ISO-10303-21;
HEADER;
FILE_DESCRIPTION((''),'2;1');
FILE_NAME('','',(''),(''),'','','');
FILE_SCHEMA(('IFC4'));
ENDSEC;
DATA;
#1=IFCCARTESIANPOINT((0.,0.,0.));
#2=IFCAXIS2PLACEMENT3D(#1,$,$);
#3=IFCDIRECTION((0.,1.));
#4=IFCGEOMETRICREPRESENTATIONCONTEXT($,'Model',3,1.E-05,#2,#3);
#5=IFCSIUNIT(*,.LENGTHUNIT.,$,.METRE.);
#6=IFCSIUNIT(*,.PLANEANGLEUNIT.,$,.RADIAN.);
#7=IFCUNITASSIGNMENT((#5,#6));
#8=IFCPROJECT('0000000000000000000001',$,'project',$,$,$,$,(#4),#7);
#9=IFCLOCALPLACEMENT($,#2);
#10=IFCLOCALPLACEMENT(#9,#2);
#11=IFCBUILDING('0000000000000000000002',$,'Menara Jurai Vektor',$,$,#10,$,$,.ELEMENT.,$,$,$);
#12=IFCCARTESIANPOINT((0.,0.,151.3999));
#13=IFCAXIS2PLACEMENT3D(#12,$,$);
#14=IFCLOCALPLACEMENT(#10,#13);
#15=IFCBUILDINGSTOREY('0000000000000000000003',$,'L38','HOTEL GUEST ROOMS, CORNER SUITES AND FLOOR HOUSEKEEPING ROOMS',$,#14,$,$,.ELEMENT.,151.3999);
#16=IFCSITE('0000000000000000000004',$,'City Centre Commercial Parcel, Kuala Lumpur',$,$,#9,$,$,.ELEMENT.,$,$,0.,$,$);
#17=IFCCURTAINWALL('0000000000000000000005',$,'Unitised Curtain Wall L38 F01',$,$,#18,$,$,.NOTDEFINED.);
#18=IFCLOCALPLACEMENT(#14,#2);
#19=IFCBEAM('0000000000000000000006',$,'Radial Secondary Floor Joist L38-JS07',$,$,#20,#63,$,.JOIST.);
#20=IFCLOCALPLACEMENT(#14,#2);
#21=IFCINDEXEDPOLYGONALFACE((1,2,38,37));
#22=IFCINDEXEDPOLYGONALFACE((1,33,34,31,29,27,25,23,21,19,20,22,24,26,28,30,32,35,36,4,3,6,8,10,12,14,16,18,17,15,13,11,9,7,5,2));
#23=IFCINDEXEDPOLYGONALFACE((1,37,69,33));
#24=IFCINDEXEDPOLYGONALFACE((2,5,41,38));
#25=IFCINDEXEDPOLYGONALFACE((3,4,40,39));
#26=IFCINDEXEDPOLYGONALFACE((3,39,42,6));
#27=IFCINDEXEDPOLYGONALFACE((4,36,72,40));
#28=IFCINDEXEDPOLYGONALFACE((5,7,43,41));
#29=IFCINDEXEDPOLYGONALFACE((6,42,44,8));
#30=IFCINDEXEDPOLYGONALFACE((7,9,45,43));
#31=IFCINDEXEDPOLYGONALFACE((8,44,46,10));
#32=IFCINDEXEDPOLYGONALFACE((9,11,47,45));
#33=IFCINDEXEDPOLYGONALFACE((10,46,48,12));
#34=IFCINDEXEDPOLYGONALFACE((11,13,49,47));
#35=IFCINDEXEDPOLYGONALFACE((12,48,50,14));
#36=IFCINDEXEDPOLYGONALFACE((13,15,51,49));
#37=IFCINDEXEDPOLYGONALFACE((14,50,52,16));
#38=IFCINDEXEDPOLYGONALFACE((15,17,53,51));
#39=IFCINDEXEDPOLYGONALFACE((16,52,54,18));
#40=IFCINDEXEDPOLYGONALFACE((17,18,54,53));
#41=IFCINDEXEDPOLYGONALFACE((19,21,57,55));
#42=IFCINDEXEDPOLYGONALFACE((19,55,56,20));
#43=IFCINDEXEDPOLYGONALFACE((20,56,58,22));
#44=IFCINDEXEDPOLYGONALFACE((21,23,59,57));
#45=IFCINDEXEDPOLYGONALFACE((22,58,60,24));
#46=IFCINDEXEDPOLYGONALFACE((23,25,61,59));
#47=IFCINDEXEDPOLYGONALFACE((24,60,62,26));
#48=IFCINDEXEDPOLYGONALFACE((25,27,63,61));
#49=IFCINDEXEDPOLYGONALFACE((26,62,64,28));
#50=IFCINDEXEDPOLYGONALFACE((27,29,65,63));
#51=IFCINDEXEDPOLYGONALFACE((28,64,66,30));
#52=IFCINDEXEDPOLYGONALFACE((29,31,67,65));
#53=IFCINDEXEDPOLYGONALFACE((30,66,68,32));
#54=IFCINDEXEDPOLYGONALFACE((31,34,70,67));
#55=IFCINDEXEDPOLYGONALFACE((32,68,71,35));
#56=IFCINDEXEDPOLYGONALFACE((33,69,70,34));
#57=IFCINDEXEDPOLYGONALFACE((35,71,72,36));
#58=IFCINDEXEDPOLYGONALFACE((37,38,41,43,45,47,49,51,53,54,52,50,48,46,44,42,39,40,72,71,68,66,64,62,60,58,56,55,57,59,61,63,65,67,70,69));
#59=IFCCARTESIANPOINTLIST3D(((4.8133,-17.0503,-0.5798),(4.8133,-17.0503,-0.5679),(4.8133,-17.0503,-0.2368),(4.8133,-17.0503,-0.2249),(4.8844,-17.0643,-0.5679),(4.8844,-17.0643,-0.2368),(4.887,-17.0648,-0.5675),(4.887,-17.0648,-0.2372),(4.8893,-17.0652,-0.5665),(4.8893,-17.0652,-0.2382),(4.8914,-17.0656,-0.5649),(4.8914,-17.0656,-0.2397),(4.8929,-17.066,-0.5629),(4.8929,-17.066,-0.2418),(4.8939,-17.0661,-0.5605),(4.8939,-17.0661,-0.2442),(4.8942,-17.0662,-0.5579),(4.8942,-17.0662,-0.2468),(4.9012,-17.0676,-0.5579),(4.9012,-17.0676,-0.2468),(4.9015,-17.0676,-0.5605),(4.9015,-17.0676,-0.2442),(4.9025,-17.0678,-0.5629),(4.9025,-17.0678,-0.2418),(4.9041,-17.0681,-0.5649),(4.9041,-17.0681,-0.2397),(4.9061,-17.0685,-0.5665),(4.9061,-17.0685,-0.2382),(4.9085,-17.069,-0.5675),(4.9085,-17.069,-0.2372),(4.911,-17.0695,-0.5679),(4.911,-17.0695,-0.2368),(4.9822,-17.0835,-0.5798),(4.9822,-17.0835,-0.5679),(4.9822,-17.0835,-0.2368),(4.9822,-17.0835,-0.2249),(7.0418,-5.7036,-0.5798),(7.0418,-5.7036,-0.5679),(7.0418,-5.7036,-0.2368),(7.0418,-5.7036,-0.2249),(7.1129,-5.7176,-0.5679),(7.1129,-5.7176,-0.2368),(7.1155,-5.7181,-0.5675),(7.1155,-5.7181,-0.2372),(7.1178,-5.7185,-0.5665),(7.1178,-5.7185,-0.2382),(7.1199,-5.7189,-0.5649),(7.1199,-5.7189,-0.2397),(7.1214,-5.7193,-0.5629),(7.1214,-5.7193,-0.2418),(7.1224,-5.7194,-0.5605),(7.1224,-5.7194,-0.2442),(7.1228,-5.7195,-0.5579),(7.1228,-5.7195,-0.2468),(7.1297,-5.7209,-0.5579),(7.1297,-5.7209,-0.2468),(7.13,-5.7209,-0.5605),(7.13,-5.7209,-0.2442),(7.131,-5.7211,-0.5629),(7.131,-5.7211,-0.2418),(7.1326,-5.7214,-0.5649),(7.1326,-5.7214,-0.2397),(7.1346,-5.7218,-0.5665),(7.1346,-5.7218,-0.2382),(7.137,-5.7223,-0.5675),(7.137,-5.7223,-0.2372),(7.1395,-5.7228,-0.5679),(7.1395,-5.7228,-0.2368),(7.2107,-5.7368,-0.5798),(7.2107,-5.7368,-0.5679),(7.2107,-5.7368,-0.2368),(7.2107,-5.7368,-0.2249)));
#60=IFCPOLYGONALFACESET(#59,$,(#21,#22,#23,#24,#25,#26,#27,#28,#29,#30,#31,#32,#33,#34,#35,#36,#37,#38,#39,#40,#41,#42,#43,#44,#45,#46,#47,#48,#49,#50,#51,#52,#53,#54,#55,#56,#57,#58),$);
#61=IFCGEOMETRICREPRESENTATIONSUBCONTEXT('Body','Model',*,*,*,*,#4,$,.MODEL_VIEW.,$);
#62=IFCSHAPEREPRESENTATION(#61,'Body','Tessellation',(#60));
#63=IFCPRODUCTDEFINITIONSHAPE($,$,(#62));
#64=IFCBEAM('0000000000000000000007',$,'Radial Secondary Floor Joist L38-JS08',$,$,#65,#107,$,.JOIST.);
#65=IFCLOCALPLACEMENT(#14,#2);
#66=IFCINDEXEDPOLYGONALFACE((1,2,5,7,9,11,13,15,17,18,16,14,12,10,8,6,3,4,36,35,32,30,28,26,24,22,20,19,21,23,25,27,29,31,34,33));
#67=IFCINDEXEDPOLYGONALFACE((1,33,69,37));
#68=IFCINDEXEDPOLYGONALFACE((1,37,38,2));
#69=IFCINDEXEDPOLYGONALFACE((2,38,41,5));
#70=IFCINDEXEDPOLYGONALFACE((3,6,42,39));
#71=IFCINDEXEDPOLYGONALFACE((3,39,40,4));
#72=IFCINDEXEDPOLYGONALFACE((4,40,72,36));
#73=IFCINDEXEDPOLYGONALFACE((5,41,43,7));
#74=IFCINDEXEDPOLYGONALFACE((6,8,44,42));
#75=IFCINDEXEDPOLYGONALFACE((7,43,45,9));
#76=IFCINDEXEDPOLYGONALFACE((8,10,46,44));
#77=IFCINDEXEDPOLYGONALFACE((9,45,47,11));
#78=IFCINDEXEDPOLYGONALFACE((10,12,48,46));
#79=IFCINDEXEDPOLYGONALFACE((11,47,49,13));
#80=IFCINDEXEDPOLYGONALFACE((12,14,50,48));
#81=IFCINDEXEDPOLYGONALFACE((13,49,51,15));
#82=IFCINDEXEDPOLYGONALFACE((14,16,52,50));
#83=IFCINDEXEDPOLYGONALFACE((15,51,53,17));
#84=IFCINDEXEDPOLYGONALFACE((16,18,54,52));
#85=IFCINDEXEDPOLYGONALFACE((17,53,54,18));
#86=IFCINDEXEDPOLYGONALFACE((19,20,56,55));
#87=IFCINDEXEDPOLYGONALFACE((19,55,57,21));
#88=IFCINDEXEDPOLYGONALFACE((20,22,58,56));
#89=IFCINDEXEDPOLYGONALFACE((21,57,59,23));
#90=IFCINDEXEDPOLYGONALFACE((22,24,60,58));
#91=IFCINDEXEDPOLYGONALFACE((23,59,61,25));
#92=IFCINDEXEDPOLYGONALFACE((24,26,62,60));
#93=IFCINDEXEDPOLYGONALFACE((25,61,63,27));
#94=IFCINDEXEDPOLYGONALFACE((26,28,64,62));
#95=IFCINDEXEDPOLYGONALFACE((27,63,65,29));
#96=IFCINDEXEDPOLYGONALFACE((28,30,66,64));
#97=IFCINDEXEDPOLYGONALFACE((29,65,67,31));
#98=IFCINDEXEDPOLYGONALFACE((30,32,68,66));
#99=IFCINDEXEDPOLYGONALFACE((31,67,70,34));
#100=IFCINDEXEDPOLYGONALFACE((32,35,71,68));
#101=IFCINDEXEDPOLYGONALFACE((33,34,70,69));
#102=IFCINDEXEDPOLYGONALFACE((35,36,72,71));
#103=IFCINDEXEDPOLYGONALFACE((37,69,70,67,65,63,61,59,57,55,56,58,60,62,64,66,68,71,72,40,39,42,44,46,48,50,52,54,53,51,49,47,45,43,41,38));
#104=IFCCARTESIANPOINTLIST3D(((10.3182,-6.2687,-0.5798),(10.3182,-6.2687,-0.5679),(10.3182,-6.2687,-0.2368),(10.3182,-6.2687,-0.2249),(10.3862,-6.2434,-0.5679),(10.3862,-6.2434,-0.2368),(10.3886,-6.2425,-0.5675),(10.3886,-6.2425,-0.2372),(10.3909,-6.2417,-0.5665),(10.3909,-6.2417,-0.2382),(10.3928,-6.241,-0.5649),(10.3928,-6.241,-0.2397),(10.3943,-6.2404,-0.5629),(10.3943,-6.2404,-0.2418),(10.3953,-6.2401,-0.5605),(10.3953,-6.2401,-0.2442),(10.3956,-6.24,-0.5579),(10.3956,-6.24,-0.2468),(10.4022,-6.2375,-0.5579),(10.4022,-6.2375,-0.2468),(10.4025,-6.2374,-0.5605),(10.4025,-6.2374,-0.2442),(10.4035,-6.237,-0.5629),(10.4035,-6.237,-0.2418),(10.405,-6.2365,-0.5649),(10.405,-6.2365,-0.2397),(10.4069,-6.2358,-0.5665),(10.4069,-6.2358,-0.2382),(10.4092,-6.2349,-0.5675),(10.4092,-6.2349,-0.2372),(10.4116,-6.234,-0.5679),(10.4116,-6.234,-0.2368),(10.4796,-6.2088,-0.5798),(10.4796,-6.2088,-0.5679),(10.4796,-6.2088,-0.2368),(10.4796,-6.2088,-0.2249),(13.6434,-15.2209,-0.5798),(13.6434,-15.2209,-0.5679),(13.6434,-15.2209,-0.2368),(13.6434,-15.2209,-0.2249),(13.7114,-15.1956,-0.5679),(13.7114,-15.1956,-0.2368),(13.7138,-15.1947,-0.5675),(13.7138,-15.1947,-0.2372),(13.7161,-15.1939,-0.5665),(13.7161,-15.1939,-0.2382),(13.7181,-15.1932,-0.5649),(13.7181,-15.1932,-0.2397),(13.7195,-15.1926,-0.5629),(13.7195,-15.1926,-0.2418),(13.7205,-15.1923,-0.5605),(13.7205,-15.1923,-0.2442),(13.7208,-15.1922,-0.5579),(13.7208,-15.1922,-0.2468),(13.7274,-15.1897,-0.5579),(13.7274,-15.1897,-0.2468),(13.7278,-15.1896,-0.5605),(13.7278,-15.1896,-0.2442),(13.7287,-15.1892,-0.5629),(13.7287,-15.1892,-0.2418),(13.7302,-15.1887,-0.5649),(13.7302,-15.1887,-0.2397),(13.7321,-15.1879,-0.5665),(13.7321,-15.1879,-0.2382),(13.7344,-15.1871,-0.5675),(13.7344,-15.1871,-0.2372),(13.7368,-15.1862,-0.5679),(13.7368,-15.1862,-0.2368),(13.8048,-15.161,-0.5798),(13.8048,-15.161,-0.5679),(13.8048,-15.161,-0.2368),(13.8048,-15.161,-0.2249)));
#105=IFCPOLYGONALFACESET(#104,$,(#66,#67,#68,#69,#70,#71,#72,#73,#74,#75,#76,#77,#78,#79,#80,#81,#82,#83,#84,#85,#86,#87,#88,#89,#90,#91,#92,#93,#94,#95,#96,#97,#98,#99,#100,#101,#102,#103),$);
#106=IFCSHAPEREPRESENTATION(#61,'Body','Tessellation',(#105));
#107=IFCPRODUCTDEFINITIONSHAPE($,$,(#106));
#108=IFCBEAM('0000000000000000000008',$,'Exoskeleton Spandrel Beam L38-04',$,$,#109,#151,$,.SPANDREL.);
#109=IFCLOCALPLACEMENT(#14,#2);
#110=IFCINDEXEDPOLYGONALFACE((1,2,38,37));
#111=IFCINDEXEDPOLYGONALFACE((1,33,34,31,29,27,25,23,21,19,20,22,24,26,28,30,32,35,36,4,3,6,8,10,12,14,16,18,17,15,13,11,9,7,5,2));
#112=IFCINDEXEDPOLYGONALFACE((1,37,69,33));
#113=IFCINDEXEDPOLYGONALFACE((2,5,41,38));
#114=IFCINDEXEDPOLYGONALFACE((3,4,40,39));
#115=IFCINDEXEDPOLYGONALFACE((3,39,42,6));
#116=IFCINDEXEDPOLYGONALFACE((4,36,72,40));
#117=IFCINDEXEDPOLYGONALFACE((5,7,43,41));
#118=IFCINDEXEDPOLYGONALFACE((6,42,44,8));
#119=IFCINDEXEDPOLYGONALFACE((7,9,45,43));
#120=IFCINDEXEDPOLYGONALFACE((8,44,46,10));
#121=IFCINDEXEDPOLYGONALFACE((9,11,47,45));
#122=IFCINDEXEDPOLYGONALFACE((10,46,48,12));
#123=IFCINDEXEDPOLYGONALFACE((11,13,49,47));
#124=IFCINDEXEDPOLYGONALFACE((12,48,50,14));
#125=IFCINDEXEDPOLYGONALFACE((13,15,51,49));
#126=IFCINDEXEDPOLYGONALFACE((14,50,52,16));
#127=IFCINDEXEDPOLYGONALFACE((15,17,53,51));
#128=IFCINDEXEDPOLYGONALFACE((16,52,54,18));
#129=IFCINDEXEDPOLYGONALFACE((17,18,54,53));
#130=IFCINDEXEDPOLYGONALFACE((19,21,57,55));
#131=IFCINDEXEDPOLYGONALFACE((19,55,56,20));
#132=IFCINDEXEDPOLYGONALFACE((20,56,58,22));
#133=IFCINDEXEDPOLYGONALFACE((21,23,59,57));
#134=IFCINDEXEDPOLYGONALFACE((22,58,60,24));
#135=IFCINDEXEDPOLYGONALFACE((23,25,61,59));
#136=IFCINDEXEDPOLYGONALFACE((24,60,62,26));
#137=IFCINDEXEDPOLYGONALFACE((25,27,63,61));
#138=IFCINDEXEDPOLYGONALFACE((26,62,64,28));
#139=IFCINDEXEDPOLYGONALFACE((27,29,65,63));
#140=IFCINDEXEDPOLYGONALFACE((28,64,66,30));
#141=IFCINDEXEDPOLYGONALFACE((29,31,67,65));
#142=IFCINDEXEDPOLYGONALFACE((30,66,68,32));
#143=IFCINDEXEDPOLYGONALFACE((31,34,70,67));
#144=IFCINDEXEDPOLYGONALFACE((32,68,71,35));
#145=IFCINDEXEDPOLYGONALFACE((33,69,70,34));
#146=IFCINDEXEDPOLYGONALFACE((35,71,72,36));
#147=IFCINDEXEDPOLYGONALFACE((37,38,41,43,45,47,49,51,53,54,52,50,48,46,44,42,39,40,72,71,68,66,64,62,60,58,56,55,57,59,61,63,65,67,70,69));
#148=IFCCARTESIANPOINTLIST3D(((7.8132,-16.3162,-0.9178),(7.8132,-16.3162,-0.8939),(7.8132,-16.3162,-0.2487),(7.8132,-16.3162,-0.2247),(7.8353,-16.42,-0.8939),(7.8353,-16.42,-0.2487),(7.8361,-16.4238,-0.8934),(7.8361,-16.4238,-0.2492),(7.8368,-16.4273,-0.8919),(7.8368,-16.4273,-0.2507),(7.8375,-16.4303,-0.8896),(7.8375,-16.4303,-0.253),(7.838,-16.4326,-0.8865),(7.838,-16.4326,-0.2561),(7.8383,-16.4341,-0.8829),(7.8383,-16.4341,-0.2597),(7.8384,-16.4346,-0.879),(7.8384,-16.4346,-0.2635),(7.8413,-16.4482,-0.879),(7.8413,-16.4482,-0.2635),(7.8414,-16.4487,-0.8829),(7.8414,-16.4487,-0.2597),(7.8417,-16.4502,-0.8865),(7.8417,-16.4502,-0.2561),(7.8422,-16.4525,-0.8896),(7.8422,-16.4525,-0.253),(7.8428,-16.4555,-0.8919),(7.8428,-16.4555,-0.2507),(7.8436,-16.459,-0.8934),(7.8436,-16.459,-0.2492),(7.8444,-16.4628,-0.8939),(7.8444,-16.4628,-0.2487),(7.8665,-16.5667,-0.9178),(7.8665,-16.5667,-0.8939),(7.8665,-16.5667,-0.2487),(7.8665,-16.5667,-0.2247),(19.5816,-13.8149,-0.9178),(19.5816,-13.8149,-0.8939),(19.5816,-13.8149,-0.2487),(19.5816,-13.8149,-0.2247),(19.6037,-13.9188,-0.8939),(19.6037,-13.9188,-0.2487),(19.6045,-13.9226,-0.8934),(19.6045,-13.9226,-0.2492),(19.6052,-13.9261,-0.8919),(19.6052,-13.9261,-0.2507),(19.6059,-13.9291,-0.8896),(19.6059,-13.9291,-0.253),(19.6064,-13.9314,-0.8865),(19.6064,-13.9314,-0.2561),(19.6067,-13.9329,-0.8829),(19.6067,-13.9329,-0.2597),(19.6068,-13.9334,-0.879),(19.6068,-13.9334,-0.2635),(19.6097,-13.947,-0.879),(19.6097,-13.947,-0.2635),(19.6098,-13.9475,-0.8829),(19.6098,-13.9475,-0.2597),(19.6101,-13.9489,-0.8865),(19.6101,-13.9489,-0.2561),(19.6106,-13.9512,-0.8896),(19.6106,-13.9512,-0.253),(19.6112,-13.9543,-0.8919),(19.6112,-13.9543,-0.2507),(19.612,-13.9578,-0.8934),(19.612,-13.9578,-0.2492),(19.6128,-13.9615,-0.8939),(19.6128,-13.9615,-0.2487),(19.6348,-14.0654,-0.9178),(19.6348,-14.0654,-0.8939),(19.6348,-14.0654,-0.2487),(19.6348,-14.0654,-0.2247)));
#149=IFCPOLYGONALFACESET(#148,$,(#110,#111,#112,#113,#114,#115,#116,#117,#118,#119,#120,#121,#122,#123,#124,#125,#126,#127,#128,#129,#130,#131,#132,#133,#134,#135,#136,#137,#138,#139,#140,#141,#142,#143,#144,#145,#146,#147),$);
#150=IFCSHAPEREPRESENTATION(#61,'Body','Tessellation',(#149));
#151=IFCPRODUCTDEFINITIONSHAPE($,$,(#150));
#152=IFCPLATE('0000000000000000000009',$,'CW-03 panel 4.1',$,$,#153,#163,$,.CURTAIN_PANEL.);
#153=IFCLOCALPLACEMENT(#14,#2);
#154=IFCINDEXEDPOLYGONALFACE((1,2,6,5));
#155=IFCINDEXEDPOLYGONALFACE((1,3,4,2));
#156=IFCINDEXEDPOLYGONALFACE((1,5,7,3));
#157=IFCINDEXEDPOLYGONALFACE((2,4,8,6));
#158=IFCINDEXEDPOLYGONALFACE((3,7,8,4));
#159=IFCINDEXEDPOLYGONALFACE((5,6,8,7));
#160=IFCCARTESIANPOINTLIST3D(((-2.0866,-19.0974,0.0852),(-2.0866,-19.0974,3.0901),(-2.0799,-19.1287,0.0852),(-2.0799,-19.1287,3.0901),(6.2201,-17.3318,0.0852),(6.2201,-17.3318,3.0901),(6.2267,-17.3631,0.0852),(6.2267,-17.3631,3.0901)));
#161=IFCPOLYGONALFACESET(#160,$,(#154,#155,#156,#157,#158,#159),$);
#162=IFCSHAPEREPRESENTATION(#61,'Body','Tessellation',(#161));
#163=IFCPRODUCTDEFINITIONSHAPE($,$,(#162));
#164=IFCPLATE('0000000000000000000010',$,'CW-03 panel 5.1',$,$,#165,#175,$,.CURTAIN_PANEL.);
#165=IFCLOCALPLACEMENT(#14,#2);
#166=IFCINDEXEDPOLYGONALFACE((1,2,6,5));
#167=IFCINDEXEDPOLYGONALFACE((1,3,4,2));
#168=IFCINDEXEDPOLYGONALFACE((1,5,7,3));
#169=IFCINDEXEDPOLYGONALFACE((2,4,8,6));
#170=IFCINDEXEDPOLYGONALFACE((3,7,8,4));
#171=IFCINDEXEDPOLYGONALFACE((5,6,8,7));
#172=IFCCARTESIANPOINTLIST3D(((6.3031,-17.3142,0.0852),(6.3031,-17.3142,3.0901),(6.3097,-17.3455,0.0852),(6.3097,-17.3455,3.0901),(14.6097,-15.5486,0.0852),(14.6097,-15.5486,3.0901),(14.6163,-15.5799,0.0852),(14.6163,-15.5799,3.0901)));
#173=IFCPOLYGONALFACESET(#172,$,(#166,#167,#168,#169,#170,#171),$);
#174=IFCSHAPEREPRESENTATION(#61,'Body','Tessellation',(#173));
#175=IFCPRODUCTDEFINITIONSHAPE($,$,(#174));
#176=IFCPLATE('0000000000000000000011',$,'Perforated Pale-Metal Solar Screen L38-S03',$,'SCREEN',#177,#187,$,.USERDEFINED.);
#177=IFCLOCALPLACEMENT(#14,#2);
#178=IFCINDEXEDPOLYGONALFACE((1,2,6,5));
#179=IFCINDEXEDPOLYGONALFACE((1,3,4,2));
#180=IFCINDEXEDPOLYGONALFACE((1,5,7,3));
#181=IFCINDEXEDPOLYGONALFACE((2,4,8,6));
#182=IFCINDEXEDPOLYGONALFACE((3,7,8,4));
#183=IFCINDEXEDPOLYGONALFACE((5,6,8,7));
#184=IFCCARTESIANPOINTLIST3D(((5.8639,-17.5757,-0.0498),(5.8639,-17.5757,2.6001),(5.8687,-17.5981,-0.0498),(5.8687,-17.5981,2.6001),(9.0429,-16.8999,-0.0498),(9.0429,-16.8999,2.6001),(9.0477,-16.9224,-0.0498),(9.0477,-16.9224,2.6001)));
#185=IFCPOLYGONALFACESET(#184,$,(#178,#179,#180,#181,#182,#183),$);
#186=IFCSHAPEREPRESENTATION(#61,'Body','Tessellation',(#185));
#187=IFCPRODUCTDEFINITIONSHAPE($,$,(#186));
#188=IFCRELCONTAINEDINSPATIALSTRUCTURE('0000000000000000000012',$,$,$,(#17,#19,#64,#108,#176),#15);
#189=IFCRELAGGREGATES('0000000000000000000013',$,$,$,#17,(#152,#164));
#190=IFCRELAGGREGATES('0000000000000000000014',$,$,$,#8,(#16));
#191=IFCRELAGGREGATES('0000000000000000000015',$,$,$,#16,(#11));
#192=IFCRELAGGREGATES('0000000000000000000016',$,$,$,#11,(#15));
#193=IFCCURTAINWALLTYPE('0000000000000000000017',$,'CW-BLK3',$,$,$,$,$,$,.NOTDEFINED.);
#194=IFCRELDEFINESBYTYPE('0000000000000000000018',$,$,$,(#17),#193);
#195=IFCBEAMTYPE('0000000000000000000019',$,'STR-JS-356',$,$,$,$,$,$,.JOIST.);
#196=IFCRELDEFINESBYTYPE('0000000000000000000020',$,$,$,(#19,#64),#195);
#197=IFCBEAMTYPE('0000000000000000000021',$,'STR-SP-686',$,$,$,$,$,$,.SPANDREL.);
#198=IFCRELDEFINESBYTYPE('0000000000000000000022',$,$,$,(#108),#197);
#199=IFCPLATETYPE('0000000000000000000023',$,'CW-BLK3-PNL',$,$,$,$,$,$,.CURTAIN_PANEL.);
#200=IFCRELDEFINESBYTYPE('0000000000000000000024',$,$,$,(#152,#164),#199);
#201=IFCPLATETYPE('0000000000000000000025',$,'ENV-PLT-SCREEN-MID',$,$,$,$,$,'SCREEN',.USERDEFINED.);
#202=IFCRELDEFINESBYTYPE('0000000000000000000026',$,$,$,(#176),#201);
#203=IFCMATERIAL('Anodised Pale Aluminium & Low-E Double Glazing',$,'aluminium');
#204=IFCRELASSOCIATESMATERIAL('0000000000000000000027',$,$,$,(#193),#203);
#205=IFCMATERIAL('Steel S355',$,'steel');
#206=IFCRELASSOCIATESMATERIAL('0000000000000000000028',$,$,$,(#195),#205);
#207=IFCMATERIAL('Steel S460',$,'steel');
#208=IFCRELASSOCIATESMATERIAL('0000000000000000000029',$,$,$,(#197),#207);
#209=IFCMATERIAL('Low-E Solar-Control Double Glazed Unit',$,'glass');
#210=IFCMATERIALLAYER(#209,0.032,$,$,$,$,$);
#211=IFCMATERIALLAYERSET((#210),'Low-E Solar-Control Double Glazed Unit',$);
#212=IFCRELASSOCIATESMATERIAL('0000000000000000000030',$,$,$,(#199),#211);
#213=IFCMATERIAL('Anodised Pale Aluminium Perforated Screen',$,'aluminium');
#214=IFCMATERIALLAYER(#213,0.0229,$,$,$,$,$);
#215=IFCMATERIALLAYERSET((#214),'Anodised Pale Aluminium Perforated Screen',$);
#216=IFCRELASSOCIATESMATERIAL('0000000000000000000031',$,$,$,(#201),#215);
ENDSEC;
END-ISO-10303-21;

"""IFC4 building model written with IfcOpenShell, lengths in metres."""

from ifc_helpers import new_model, si_unit, direction, frame, origin, origin_2d, place, context, subcontext, project, spatial, rectangle, i_section, extrude, material, layer, layer_set, material_profile, profile_set, type_object, element, aggregate, save


model = new_model("IFC4")

# Units and contexts
model_context = context("Model", 3, precision=1e-05, world=origin(), true_north=direction((0.0, 1.0)))
body_context = subcontext(model_context, "Body", "Model", "MODEL_VIEW")
ifc_project = project(units=[si_unit("LENGTHUNIT", "METRE"), si_unit("PLANEANGLEUNIT", "RADIAN")], contexts=[model_context])

# Site, building, storey
site_placement = place(None, origin())
site = spatial("IfcSite", under=ifc_project, at=site_placement, Name="City Centre Commercial Parcel, Kuala Lumpur", CompositionType="ELEMENT", RefElevation=0.0)
building_placement = place(site_placement, origin())
building = spatial("IfcBuilding", under=site, at=building_placement, Name="Menara Jurai Vektor", CompositionType="ELEMENT")
storey_placement = place(building_placement, frame((0.0, 0.0, 151.3999)))
storey = spatial("IfcBuildingStorey", under=building, at=storey_placement, Name="L38", Description="HOTEL GUEST ROOMS, CORNER SUITES AND FLOOR HOUSEKEEPING ROOMS", CompositionType="ELEMENT", Elevation=151.3999)

# Shared definitions
ifc_material_1 = material(Name="Steel S460", Category="steel")

# Curtain wall
ifc_material_2 = material(Name="Anodised Pale Aluminium & Low-E Double Glazing", Category="aluminium")
curtain_wall_type = type_object("IfcCurtainWallType", Name="CW-BLK3", PredefinedType="NOTDEFINED", material=ifc_material_2)
curtain_wall_placement = place(storey_placement, origin())
curtain_wall = element("IfcCurtainWall", 1, at=curtain_wall_placement, inside=storey, type_object=curtain_wall_type, Name="Unitised Curtain Wall L38 F01", PredefinedType="NOTDEFINED")

# Beams
ifc_material_3 = material(Name="Steel S355", Category="steel")
ifc_material_profile_1 = material_profile(ifc_material_3, i_section(OverallWidth=0.1721, OverallDepth=0.355, WebThickness=0.0071, FlangeThickness=0.012, FilletRadius=0.01, at=origin_2d()), Name="UKB 356x171x51")
ifc_profile_set_1 = profile_set([ifc_material_profile_1], Name="Steel S355")
beam_type_1 = type_object("IfcBeamType", Name="STR-JS-356", PredefinedType="JOIST", material=ifc_profile_set_1)
beam_1_placement = place(storey_placement, frame((4.8977, -17.0669, -0.4023), z_axis=(0.192721, 0.981254, 0.0), x_axis=(-0.981254, 0.192721, 0.0)))
element("IfcBeam", 2, at=beam_1_placement, inside=storey, type_object=beam_type_1, Name="Radial Secondary Floor Joist L38-JS07", PredefinedType="JOIST", context=body_context, shape_type="SweptSolid", body=[
    extrude(i_section(OverallWidth=0.1721, OverallDepth=0.355, WebThickness=0.0071, FlangeThickness=0.012, FilletRadius=0.01, at=origin_2d()), origin(), (0.0, 0.0, 1.0), 11.5635),
])
beam_2_placement = place(storey_placement, frame((13.7241, -15.1909, -0.4023), z_axis=(-0.348197, 0.937421, 0.0), x_axis=(-0.937421, -0.348197, 0.0)))
element("IfcBeam", 3, at=beam_2_placement, inside=storey, type_object=beam_type_1, Name="Radial Secondary Floor Joist L38-JS08", PredefinedType="JOIST", context=body_context, shape_type="SweptSolid", body=[
    extrude(i_section(OverallWidth=0.1721, OverallDepth=0.355, WebThickness=0.0071, FlangeThickness=0.012, FilletRadius=0.01, at=origin_2d()), origin(), (0.0, 0.0, 1.0), 9.5498),
])
ifc_material_profile_2 = material_profile(ifc_material_1, i_section(OverallWidth=0.2561, OverallDepth=0.6931, WebThickness=0.0139, FlangeThickness=0.0239, FilletRadius=0.0149, at=origin_2d()), Name="UKB 686x254x170")
ifc_profile_set_2 = profile_set([ifc_material_profile_2], Name="Steel S460")
beam_type_2 = type_object("IfcBeamType", Name="STR-SP-686", PredefinedType="SPANDREL", material=ifc_profile_set_2)
beam_3_placement = place(storey_placement, frame((7.8398, -16.4414, -0.5713), z_axis=(0.978151, 0.207895, 0.0), x_axis=(-0.207895, 0.978151, 0.0)))
element("IfcBeam", 4, at=beam_3_placement, inside=storey, type_object=beam_type_2, Name="Exoskeleton Spandrel Beam L38-04", PredefinedType="SPANDREL", context=body_context, shape_type="SweptSolid", body=[
    extrude(i_section(OverallWidth=0.2561, OverallDepth=0.6931, WebThickness=0.0139, FlangeThickness=0.0239, FilletRadius=0.0149, at=origin_2d()), origin(), (0.0, 0.0, 1.0), 12.0312),
])

# Plates
ifc_material_4 = material(Name="Low-E Solar-Control Double Glazed Unit", Category="glass")
ifc_layer_1 = layer(ifc_material_4, 0.032)
ifc_layer_set_1 = layer_set([ifc_layer_1], Name="Low-E Solar-Control Double Glazed Unit")
plate_type_1 = type_object("IfcPlateType", Name="CW-BLK3-PNL", PredefinedType="CURTAIN_PANEL", material=ifc_layer_set_1)
plate_1_placement = place(storey_placement, frame((2.0701, -18.2302, 0.0852), z_axis=(0.0, 0.0, 1.0), x_axis=(0.978148, 0.207911, 0.0)))
plate_1 = element("IfcPlate", 5, at=plate_1_placement, type_object=plate_type_1, Name="CW-03 panel 4.1", PredefinedType="CURTAIN_PANEL", context=body_context, shape_type="SweptSolid", body=[
    extrude(rectangle(XDim=8.4922, YDim=0.032, at=origin_2d()), origin(), (0.0, 0.0, 1.0), 3.0049),
])
plate_2_placement = place(storey_placement, frame((10.4597, -16.447, 0.0852), z_axis=(0.0, 0.0, 1.0), x_axis=(0.978148, 0.207911, 0.0)))
plate_2 = element("IfcPlate", 6, at=plate_2_placement, type_object=plate_type_1, Name="CW-03 panel 5.1", PredefinedType="CURTAIN_PANEL", context=body_context, shape_type="SweptSolid", body=[
    extrude(rectangle(XDim=8.4922, YDim=0.032, at=origin_2d()), origin(), (0.0, 0.0, 1.0), 3.0049),
])
aggregate(curtain_wall, [plate_1, plate_2])
ifc_material_5 = material(Name="Anodised Pale Aluminium Perforated Screen", Category="aluminium")
ifc_layer_2 = layer(ifc_material_5, 0.0229)
ifc_layer_set_2 = layer_set([ifc_layer_2], Name="Anodised Pale Aluminium Perforated Screen")
plate_type_2 = type_object("IfcPlateType", Name="ENV-PLT-SCREEN-MID", ElementType="SCREEN", PredefinedType="USERDEFINED", material=ifc_layer_set_2)
plate_3_placement = place(storey_placement, frame((7.4558, -17.249, -0.0498), z_axis=(0.0, 0.0, 1.0), x_axis=(0.978148, 0.207912, 0.0)))
element("IfcPlate", 7, at=plate_3_placement, inside=storey, type_object=plate_type_2, Name="Perforated Pale-Metal Solar Screen L38-S03", ObjectType="SCREEN", PredefinedType="USERDEFINED", context=body_context, shape_type="SweptSolid", body=[
    extrude(rectangle(XDim=3.25, YDim=0.0229, at=origin_2d()), origin(), (0.0, 0.0, 1.0), 2.6499),
])

save(model, "model.ifc")
